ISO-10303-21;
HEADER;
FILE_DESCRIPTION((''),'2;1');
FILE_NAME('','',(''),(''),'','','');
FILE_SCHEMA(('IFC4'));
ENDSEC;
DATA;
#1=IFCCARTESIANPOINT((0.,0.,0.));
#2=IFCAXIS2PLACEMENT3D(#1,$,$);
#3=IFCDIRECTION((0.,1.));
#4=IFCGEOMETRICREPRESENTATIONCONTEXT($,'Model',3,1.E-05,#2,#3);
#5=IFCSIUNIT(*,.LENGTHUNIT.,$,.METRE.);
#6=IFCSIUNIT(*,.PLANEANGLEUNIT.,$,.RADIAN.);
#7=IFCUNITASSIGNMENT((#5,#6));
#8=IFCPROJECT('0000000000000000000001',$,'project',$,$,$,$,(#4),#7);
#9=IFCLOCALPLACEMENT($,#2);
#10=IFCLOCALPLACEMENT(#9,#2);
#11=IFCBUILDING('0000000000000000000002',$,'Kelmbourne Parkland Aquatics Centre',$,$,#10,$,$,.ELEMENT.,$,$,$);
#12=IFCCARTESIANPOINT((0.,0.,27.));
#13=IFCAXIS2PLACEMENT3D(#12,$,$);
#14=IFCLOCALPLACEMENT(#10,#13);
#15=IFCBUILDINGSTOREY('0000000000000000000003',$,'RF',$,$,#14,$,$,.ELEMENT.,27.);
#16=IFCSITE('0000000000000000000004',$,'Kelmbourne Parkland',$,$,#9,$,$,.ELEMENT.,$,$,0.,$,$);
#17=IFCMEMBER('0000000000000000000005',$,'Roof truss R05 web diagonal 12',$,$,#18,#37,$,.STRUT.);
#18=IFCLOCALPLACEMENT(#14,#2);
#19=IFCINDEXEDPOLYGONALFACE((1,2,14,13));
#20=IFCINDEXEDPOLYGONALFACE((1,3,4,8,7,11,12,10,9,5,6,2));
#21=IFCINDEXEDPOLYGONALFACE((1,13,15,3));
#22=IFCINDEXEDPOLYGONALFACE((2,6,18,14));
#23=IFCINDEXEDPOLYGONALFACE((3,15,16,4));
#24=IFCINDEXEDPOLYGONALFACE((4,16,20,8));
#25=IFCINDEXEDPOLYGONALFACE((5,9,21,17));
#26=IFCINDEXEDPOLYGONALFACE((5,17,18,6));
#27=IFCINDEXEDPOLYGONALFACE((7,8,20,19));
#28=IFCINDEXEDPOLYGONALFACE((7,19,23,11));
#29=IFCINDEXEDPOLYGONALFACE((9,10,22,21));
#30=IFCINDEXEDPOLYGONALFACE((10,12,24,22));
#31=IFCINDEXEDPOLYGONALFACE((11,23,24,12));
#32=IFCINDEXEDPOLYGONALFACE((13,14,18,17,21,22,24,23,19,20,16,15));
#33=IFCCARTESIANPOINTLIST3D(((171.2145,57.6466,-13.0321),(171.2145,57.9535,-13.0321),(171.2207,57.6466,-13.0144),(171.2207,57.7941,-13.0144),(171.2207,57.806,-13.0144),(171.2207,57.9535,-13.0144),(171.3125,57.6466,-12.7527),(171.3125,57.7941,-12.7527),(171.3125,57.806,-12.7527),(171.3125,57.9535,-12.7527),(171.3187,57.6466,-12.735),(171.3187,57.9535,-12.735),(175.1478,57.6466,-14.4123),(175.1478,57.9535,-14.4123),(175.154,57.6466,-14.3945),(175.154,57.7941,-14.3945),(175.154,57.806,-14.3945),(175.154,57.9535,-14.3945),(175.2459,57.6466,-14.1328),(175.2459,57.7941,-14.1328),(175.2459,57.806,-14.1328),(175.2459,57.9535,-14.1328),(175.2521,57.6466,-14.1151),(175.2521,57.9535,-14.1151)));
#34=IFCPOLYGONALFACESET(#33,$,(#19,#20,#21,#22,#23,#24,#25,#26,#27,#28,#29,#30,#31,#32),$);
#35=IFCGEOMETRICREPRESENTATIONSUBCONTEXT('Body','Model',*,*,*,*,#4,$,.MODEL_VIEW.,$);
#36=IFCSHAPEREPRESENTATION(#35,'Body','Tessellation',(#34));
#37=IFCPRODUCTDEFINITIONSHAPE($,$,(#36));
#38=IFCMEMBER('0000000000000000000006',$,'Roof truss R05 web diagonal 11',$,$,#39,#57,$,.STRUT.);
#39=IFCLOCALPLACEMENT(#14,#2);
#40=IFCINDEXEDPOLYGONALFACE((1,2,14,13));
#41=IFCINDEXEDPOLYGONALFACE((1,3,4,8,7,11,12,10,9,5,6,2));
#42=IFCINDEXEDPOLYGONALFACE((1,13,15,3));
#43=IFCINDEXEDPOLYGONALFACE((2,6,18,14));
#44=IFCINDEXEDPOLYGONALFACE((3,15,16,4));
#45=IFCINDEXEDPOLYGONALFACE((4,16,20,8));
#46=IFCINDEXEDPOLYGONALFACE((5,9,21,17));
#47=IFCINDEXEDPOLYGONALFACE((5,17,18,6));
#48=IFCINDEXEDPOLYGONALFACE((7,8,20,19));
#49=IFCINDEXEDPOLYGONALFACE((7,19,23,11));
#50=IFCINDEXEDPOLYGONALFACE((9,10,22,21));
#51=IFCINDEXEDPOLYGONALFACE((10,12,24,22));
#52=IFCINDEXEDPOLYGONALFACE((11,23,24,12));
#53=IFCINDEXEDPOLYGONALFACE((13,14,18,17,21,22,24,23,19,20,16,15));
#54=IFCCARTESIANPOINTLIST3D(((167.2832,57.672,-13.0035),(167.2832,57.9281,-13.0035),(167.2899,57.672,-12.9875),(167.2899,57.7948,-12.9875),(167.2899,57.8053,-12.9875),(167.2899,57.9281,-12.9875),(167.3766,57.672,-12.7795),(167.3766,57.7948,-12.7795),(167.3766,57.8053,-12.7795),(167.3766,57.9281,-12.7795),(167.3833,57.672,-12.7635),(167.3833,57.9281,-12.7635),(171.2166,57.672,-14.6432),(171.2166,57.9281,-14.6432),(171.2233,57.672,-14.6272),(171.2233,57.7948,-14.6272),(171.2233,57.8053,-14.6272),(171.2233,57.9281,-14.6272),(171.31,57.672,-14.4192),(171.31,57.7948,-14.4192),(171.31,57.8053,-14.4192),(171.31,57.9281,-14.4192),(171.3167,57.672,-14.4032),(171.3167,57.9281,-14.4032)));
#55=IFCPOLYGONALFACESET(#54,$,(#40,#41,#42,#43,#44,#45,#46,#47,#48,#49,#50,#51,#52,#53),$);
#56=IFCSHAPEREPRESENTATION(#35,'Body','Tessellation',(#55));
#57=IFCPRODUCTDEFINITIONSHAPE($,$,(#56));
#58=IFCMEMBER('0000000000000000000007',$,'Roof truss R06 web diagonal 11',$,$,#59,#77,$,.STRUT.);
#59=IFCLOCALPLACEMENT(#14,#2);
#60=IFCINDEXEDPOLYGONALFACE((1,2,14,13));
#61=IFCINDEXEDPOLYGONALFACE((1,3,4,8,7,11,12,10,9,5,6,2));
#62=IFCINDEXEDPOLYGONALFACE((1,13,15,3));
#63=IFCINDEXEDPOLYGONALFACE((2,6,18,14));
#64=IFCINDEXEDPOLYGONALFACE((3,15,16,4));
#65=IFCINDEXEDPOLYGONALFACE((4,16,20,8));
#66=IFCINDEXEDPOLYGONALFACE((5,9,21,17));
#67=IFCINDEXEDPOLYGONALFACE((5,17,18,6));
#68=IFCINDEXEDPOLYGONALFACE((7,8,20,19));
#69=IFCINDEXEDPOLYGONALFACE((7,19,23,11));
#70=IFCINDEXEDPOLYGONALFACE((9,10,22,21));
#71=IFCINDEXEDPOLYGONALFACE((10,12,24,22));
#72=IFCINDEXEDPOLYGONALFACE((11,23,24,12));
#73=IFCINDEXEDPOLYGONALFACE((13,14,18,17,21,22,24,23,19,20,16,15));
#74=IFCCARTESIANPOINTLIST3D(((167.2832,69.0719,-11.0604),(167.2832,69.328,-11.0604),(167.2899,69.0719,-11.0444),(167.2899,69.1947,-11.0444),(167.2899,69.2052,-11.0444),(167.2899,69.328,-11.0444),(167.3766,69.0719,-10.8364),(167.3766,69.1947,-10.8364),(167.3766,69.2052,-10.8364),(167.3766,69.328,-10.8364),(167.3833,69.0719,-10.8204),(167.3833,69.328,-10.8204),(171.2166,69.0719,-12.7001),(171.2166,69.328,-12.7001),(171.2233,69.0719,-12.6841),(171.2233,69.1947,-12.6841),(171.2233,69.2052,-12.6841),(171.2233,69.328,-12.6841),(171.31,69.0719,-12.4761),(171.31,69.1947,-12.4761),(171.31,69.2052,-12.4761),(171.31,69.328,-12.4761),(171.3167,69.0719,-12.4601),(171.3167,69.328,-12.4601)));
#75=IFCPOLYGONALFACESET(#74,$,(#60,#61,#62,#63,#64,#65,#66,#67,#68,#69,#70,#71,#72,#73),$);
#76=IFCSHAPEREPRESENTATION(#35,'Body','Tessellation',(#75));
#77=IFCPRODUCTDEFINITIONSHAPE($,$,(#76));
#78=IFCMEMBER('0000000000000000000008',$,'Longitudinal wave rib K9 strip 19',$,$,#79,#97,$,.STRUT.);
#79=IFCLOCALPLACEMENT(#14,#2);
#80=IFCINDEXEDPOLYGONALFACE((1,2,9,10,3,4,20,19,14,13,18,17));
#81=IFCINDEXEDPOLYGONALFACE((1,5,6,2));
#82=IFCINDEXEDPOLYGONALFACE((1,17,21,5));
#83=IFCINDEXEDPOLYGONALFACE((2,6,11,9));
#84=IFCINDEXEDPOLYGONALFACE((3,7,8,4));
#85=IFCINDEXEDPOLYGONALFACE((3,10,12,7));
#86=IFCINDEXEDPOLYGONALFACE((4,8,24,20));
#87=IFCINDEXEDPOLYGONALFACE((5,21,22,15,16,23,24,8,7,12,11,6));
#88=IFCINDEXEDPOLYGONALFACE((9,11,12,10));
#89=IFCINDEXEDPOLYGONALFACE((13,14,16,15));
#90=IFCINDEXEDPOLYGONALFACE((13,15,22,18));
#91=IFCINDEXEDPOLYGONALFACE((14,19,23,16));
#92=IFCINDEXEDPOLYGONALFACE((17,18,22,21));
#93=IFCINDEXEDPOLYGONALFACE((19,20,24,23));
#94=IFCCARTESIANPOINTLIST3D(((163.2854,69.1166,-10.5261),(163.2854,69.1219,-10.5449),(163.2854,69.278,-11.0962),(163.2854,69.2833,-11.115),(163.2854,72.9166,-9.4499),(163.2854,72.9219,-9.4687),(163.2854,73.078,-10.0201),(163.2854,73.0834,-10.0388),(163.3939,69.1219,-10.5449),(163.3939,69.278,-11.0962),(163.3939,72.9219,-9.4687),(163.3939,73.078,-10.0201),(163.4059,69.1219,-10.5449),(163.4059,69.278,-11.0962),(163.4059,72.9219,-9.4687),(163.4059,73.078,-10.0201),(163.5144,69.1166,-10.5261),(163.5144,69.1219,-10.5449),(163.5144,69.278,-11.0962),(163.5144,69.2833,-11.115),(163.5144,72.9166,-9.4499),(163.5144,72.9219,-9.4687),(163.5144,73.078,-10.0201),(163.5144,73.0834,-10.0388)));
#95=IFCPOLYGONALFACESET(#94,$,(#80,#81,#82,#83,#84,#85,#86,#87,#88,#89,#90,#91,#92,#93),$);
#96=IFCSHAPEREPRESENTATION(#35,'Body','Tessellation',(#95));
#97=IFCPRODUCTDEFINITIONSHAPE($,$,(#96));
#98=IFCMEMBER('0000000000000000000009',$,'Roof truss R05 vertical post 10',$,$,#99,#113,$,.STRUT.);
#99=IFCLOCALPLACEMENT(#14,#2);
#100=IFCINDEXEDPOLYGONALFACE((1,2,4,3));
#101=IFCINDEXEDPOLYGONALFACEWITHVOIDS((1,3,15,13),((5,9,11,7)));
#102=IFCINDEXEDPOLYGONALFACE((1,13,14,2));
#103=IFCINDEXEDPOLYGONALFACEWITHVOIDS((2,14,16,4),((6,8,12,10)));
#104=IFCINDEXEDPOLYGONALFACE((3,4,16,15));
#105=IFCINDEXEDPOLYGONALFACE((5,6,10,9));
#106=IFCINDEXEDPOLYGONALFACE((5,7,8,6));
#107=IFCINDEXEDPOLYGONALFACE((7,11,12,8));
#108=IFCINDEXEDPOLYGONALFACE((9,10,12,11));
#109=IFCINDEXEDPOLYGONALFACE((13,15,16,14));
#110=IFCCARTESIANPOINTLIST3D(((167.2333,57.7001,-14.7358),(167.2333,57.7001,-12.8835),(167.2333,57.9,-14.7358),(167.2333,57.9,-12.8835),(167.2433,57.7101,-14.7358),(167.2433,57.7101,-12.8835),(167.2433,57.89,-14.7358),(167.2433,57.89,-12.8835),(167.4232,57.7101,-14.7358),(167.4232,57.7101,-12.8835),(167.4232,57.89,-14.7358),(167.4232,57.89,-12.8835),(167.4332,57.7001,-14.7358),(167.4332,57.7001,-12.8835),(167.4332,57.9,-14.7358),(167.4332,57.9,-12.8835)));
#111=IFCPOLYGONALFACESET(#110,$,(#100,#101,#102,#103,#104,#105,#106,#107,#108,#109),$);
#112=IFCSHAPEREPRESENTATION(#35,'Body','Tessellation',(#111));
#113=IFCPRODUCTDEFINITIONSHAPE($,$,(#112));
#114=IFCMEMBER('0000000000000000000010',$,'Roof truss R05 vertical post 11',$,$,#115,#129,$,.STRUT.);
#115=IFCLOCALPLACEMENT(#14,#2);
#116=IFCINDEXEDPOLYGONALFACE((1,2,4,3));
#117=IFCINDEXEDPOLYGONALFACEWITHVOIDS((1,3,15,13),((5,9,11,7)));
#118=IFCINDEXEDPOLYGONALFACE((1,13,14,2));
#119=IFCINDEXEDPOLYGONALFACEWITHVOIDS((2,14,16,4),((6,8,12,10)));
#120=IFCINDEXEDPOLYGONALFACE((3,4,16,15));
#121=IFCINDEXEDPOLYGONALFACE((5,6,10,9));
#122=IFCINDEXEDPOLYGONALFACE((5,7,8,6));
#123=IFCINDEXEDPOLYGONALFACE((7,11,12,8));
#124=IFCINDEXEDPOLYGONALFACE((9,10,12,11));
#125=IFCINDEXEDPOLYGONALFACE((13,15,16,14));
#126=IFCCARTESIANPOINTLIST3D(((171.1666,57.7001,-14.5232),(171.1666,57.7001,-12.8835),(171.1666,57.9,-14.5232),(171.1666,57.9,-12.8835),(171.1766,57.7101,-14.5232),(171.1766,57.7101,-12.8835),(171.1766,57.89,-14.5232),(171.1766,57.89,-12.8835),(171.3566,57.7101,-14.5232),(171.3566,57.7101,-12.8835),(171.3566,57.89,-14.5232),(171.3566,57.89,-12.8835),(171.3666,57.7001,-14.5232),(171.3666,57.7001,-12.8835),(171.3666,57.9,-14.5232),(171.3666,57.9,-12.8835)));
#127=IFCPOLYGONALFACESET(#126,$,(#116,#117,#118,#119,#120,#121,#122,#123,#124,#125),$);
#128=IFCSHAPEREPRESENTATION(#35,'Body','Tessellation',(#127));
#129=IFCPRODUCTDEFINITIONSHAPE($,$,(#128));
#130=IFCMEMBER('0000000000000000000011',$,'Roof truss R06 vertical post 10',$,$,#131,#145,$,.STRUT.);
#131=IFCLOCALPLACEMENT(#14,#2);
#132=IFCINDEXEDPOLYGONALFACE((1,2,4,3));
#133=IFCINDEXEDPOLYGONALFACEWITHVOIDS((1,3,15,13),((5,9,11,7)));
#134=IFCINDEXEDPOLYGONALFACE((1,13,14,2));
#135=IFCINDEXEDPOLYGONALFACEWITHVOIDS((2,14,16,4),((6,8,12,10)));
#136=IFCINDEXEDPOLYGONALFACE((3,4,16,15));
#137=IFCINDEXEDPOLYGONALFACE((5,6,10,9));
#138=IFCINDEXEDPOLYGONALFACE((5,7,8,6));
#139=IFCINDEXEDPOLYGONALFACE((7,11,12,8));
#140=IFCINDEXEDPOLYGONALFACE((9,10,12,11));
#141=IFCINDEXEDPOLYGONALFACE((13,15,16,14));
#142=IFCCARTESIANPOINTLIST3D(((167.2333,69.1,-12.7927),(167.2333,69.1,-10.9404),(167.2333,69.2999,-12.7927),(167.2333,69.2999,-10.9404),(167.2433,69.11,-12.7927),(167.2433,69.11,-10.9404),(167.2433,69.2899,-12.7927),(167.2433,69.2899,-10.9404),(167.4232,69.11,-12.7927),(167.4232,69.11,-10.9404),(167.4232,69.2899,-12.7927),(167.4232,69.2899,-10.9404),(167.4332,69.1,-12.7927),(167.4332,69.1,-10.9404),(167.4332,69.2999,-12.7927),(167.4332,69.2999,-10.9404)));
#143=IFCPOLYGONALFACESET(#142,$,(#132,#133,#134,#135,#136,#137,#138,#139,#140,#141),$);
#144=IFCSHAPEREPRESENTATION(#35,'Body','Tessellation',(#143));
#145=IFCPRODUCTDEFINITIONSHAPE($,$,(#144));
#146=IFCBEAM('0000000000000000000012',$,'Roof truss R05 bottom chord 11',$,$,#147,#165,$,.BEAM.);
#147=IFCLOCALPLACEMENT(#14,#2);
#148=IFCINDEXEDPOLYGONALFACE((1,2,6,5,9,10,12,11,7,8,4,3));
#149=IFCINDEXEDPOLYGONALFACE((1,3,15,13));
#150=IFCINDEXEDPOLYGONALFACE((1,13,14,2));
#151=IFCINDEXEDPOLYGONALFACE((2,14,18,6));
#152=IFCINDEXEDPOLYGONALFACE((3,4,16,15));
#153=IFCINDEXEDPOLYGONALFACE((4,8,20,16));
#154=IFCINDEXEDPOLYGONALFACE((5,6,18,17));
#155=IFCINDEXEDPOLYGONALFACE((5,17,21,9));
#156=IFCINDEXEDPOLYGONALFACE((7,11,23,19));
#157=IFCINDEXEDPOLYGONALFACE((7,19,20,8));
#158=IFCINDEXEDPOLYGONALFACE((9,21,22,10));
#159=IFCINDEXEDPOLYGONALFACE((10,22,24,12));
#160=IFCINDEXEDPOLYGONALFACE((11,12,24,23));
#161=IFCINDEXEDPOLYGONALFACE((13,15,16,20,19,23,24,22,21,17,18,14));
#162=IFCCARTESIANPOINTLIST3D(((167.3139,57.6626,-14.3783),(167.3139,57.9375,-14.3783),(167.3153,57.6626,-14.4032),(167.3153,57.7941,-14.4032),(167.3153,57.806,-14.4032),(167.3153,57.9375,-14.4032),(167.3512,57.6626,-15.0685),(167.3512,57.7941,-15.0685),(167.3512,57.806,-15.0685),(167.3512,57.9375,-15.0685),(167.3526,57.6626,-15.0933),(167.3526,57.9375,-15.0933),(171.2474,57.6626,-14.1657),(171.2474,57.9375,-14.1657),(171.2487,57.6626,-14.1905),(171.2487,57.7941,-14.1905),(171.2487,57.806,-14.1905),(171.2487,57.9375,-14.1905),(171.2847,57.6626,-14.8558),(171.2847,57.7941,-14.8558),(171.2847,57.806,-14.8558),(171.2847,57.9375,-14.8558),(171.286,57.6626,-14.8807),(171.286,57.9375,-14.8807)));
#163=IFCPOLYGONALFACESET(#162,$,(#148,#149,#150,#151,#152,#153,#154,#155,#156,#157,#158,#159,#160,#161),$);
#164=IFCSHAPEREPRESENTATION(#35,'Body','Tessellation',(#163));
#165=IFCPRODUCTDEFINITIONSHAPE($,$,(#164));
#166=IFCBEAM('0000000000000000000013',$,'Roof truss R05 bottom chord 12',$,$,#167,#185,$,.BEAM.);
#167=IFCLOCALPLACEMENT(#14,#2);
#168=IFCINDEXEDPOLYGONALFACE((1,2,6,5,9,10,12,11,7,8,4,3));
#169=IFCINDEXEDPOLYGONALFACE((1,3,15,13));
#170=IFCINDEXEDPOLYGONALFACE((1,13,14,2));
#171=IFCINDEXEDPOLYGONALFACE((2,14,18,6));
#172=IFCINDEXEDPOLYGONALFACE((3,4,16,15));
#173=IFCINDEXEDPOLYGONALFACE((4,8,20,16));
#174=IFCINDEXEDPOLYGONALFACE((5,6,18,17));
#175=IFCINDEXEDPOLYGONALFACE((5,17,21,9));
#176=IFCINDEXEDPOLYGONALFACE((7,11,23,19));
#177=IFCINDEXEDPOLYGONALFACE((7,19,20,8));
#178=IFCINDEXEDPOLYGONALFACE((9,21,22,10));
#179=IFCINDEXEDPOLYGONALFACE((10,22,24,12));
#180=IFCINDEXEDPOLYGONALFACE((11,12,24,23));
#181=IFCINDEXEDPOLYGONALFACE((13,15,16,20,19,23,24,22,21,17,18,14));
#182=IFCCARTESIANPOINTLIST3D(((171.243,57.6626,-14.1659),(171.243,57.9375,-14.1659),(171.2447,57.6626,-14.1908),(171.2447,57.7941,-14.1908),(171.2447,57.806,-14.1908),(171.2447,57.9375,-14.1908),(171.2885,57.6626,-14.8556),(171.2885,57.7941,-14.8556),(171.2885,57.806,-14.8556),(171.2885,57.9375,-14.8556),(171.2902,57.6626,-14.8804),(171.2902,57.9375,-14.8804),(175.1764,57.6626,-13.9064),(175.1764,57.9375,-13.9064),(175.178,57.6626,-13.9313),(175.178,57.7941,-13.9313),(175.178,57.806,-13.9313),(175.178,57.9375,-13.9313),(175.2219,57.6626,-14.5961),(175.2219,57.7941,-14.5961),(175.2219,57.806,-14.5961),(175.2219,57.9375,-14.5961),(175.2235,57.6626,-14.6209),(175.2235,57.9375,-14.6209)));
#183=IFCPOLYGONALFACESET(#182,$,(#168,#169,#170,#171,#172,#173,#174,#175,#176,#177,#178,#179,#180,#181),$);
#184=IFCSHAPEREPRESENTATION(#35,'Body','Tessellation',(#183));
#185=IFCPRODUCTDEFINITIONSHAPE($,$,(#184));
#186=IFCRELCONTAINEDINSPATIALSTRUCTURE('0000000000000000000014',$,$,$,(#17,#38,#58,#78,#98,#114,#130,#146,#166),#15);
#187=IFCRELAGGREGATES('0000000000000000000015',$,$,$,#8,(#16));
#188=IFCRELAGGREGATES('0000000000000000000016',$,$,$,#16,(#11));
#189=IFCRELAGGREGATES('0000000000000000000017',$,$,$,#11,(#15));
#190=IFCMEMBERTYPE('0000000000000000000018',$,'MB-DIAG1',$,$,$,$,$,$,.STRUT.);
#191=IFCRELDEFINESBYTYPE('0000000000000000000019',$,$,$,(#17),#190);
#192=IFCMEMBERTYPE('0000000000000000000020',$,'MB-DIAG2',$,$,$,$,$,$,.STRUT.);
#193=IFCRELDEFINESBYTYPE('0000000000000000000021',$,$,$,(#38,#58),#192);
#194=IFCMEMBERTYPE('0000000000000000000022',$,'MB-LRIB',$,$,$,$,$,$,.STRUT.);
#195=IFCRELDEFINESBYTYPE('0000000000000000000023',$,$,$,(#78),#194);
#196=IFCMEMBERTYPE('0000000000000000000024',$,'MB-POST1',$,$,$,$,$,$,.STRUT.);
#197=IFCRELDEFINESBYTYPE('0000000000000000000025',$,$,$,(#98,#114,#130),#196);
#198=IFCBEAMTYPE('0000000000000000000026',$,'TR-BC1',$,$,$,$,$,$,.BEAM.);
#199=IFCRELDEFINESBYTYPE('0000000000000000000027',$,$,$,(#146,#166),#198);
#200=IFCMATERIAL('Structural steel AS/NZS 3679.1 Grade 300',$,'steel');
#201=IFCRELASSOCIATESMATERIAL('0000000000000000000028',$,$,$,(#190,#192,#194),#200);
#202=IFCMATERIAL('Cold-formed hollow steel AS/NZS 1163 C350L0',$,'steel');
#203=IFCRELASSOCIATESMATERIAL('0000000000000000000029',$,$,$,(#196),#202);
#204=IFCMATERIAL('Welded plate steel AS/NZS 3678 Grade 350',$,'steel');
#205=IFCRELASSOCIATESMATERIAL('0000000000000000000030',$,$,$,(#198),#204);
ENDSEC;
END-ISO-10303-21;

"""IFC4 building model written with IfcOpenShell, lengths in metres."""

from ifc_helpers import new_model, si_unit, direction, frame, origin, origin_2d, place, context, subcontext, project, spatial, hollow_rectangle, i_section, extrude, material, material_profile, profile_set, type_object, element, save


model = new_model("IFC4")

# Units and contexts
model_context = context("Model", 3, precision=1e-05, world=origin(), true_north=direction((0.0, 1.0)))
body_context = subcontext(model_context, "Body", "Model", "MODEL_VIEW")
ifc_project = project(units=[si_unit("LENGTHUNIT", "METRE"), si_unit("PLANEANGLEUNIT", "RADIAN")], contexts=[model_context])

# Site, building, storey
site_placement = place(None, origin())
site = spatial("IfcSite", under=ifc_project, at=site_placement, Name="Kelmbourne Parkland", CompositionType="ELEMENT", RefElevation=0.0)
building_placement = place(site_placement, origin())
building = spatial("IfcBuilding", under=site, at=building_placement, Name="Kelmbourne Parkland Aquatics Centre", CompositionType="ELEMENT")
storey_placement = place(building_placement, frame((0.0, 0.0, 27.0)))
storey = spatial("IfcBuildingStorey", under=building, at=storey_placement, Name="RF", CompositionType="ELEMENT", Elevation=27.0)

# Members
ifc_material_1 = material(Name="Structural steel AS/NZS 3679.1 Grade 300", Category="steel")
ifc_material_profile_1 = material_profile(ifc_material_1, i_section(OverallWidth=0.3069, OverallDepth=0.3149, WebThickness=0.012, FlangeThickness=0.0188, at=origin_2d()), Name="310UC118")
ifc_profile_set_1 = profile_set([ifc_material_profile_1], Name="Structural steel AS/NZS 3679.1 Grade 300")
member_type_1 = type_object("IfcMemberType", Name="MB-DIAG1", PredefinedType="STRUT", material=ifc_profile_set_1)
member_1_placement = place(storey_placement, frame((171.2666, 57.8, -12.8835), z_axis=(0.9436, 0.0, -0.331089), x_axis=(0.0, 1.0, 0.0)))
element("IfcMember", 1, at=member_1_placement, inside=storey, type_object=member_type_1, Name="Roof truss R05 web diagonal 12", PredefinedType="STRUT", context=body_context, shape_type="SweptSolid", body=[
    extrude(i_section(OverallWidth=0.3069, OverallDepth=0.3149, WebThickness=0.012, FlangeThickness=0.0188, at=origin_2d()), origin(), (0.0, 0.0, 1.0), 4.1685),
])
ifc_material_profile_2 = material_profile(ifc_material_1, i_section(OverallWidth=0.2561, OverallDepth=0.26, WebThickness=0.0105, FlangeThickness=0.0173, at=origin_2d()), Name="250UC89.5")
ifc_profile_set_2 = profile_set([ifc_material_profile_2], Name="Structural steel AS/NZS 3679.1 Grade 300")
member_type_2 = type_object("IfcMemberType", Name="MB-DIAG2", PredefinedType="STRUT", material=ifc_profile_set_2)
for number, where, z_axis, x_axis, name in (
    (2, (167.3333, 57.8, -12.8835), (0.923014, 0.0, -0.384766), (0.0, 1.0, 0.0), "Roof truss R05 web diagonal 11"),
    (3, (167.3333, 69.2, -10.9404), (0.923014, 0.0, -0.384766), (0.0, 1.0, 0.0), "Roof truss R06 web diagonal 11"),
):
    element("IfcMember", number, at=place(storey_placement, frame(where, z_axis=z_axis, x_axis=x_axis)), inside=storey, type_object=member_type_2, Name=name, PredefinedType="STRUT", context=body_context, shape_type="SweptSolid", body=[
        extrude(i_section(OverallWidth=0.2561, OverallDepth=0.26, WebThickness=0.0105, FlangeThickness=0.0173, at=origin_2d()), origin(), (0.0, 0.0, 1.0), 4.2615),
    ])
ifc_material_profile_3 = material_profile(ifc_material_1, i_section(OverallWidth=0.229, OverallDepth=0.6121, WebThickness=0.012, FlangeThickness=0.0195, at=origin_2d()), Name="610UB125")
ifc_profile_set_3 = profile_set([ifc_material_profile_3], Name="Structural steel AS/NZS 3679.1 Grade 300")
member_type_3 = type_object("IfcMemberType", Name="MB-LRIB", PredefinedType="STRUT", material=ifc_profile_set_3)
member_2_placement = place(storey_placement, frame((163.3999, 69.2, -10.8206), z_axis=(0.0, 0.96216, 0.272483), x_axis=(-1.0, 0.0, 0.0)))
element("IfcMember", 4, at=member_2_placement, inside=storey, type_object=member_type_3, Name="Longitudinal wave rib K9 strip 19", PredefinedType="STRUT", context=body_context, shape_type="SweptSolid", body=[
    extrude(i_section(OverallWidth=0.229, OverallDepth=0.6121, WebThickness=0.012, FlangeThickness=0.0195, at=origin_2d()), origin(), (0.0, 0.0, 1.0), 3.9495),
])
ifc_material_2 = material(Name="Cold-formed hollow steel AS/NZS 1163 C350L0", Category="steel")
ifc_material_profile_4 = material_profile(ifc_material_2, hollow_rectangle(XDim=0.2, YDim=0.2, WallThickness=0.01, at=origin_2d()), Name="SHS 200x200x10.0")
ifc_profile_set_4 = profile_set([ifc_material_profile_4], Name="Cold-formed hollow steel AS/NZS 1163 C350L0")
member_type_4 = type_object("IfcMemberType", Name="MB-POST1", PredefinedType="STRUT", material=ifc_profile_set_4)
member_3_placement = place(storey_placement, frame((167.3333, 57.8, -14.7358), z_axis=(0.0, 0.0, 1.0), x_axis=(1.0, 0.0, 0.0)))
element("IfcMember", 5, at=member_3_placement, inside=storey, type_object=member_type_4, Name="Roof truss R05 vertical post 10", PredefinedType="STRUT", context=body_context, shape_type="SweptSolid", body=[
    extrude(hollow_rectangle(XDim=0.2, YDim=0.2, WallThickness=0.01, at=origin_2d()), origin(), (0.0, 0.0, 1.0), 1.8523),
])
member_4_placement = place(storey_placement, frame((171.2666, 57.8, -14.5232), z_axis=(0.0, 0.0, 1.0), x_axis=(1.0, 0.0, 0.0)))
element("IfcMember", 6, at=member_4_placement, inside=storey, type_object=member_type_4, Name="Roof truss R05 vertical post 11", PredefinedType="STRUT", context=body_context, shape_type="SweptSolid", body=[
    extrude(hollow_rectangle(XDim=0.2, YDim=0.2, WallThickness=0.01, at=origin_2d()), origin(), (0.0, 0.0, 1.0), 1.6396),
])
member_5_placement = place(storey_placement, frame((167.3333, 69.2, -12.7927), z_axis=(0.0, 0.0, 1.0), x_axis=(1.0, 0.0, 0.0)))
element("IfcMember", 7, at=member_5_placement, inside=storey, type_object=member_type_4, Name="Roof truss R06 vertical post 10", PredefinedType="STRUT", context=body_context, shape_type="SweptSolid", body=[
    extrude(hollow_rectangle(XDim=0.2, YDim=0.2, WallThickness=0.01, at=origin_2d()), origin(), (0.0, 0.0, 1.0), 1.8523),
])

# Beams
ifc_material_3 = material(Name="Welded plate steel AS/NZS 3678 Grade 350", Category="steel")
ifc_material_profile_5 = material_profile(ifc_material_3, i_section(OverallWidth=0.2749, OverallDepth=0.7161, WebThickness=0.012, FlangeThickness=0.0249, at=origin_2d()), Name="700WB173")
ifc_profile_set_5 = profile_set([ifc_material_profile_5], Name="Welded plate steel AS/NZS 3678 Grade 350")
beam_type_1 = type_object("IfcBeamType", Name="TR-BC1", PredefinedType="BEAM", material=ifc_profile_set_5)
beam_1_placement = place(storey_placement, frame((167.3333, 57.8, -14.7358), z_axis=(0.998542, 0.0, 0.053984), x_axis=(0.0, 1.0, 0.0)))
element("IfcBeam", 8, at=beam_1_placement, inside=storey, type_object=beam_type_1, Name="Roof truss R05 bottom chord 11", PredefinedType="BEAM", context=body_context, shape_type="SweptSolid", body=[
    extrude(i_section(OverallWidth=0.2749, OverallDepth=0.7161, WebThickness=0.012, FlangeThickness=0.0249, at=origin_2d()), origin(), (0.0, 0.0, 1.0), 3.9392),
])
beam_2_placement = place(storey_placement, frame((171.2666, 57.8, -14.5232), z_axis=(0.99783, 0.0, 0.065837), x_axis=(0.0, 1.0, 0.0)))
element("IfcBeam", 9, at=beam_2_placement, inside=storey, type_object=beam_type_1, Name="Roof truss R05 bottom chord 12", PredefinedType="BEAM", context=body_context, shape_type="SweptSolid", body=[
    extrude(i_section(OverallWidth=0.2749, OverallDepth=0.7161, WebThickness=0.012, FlangeThickness=0.0249, at=origin_2d()), origin(), (0.0, 0.0, 1.0), 3.9419),
])

save(model, "model.ifc")
